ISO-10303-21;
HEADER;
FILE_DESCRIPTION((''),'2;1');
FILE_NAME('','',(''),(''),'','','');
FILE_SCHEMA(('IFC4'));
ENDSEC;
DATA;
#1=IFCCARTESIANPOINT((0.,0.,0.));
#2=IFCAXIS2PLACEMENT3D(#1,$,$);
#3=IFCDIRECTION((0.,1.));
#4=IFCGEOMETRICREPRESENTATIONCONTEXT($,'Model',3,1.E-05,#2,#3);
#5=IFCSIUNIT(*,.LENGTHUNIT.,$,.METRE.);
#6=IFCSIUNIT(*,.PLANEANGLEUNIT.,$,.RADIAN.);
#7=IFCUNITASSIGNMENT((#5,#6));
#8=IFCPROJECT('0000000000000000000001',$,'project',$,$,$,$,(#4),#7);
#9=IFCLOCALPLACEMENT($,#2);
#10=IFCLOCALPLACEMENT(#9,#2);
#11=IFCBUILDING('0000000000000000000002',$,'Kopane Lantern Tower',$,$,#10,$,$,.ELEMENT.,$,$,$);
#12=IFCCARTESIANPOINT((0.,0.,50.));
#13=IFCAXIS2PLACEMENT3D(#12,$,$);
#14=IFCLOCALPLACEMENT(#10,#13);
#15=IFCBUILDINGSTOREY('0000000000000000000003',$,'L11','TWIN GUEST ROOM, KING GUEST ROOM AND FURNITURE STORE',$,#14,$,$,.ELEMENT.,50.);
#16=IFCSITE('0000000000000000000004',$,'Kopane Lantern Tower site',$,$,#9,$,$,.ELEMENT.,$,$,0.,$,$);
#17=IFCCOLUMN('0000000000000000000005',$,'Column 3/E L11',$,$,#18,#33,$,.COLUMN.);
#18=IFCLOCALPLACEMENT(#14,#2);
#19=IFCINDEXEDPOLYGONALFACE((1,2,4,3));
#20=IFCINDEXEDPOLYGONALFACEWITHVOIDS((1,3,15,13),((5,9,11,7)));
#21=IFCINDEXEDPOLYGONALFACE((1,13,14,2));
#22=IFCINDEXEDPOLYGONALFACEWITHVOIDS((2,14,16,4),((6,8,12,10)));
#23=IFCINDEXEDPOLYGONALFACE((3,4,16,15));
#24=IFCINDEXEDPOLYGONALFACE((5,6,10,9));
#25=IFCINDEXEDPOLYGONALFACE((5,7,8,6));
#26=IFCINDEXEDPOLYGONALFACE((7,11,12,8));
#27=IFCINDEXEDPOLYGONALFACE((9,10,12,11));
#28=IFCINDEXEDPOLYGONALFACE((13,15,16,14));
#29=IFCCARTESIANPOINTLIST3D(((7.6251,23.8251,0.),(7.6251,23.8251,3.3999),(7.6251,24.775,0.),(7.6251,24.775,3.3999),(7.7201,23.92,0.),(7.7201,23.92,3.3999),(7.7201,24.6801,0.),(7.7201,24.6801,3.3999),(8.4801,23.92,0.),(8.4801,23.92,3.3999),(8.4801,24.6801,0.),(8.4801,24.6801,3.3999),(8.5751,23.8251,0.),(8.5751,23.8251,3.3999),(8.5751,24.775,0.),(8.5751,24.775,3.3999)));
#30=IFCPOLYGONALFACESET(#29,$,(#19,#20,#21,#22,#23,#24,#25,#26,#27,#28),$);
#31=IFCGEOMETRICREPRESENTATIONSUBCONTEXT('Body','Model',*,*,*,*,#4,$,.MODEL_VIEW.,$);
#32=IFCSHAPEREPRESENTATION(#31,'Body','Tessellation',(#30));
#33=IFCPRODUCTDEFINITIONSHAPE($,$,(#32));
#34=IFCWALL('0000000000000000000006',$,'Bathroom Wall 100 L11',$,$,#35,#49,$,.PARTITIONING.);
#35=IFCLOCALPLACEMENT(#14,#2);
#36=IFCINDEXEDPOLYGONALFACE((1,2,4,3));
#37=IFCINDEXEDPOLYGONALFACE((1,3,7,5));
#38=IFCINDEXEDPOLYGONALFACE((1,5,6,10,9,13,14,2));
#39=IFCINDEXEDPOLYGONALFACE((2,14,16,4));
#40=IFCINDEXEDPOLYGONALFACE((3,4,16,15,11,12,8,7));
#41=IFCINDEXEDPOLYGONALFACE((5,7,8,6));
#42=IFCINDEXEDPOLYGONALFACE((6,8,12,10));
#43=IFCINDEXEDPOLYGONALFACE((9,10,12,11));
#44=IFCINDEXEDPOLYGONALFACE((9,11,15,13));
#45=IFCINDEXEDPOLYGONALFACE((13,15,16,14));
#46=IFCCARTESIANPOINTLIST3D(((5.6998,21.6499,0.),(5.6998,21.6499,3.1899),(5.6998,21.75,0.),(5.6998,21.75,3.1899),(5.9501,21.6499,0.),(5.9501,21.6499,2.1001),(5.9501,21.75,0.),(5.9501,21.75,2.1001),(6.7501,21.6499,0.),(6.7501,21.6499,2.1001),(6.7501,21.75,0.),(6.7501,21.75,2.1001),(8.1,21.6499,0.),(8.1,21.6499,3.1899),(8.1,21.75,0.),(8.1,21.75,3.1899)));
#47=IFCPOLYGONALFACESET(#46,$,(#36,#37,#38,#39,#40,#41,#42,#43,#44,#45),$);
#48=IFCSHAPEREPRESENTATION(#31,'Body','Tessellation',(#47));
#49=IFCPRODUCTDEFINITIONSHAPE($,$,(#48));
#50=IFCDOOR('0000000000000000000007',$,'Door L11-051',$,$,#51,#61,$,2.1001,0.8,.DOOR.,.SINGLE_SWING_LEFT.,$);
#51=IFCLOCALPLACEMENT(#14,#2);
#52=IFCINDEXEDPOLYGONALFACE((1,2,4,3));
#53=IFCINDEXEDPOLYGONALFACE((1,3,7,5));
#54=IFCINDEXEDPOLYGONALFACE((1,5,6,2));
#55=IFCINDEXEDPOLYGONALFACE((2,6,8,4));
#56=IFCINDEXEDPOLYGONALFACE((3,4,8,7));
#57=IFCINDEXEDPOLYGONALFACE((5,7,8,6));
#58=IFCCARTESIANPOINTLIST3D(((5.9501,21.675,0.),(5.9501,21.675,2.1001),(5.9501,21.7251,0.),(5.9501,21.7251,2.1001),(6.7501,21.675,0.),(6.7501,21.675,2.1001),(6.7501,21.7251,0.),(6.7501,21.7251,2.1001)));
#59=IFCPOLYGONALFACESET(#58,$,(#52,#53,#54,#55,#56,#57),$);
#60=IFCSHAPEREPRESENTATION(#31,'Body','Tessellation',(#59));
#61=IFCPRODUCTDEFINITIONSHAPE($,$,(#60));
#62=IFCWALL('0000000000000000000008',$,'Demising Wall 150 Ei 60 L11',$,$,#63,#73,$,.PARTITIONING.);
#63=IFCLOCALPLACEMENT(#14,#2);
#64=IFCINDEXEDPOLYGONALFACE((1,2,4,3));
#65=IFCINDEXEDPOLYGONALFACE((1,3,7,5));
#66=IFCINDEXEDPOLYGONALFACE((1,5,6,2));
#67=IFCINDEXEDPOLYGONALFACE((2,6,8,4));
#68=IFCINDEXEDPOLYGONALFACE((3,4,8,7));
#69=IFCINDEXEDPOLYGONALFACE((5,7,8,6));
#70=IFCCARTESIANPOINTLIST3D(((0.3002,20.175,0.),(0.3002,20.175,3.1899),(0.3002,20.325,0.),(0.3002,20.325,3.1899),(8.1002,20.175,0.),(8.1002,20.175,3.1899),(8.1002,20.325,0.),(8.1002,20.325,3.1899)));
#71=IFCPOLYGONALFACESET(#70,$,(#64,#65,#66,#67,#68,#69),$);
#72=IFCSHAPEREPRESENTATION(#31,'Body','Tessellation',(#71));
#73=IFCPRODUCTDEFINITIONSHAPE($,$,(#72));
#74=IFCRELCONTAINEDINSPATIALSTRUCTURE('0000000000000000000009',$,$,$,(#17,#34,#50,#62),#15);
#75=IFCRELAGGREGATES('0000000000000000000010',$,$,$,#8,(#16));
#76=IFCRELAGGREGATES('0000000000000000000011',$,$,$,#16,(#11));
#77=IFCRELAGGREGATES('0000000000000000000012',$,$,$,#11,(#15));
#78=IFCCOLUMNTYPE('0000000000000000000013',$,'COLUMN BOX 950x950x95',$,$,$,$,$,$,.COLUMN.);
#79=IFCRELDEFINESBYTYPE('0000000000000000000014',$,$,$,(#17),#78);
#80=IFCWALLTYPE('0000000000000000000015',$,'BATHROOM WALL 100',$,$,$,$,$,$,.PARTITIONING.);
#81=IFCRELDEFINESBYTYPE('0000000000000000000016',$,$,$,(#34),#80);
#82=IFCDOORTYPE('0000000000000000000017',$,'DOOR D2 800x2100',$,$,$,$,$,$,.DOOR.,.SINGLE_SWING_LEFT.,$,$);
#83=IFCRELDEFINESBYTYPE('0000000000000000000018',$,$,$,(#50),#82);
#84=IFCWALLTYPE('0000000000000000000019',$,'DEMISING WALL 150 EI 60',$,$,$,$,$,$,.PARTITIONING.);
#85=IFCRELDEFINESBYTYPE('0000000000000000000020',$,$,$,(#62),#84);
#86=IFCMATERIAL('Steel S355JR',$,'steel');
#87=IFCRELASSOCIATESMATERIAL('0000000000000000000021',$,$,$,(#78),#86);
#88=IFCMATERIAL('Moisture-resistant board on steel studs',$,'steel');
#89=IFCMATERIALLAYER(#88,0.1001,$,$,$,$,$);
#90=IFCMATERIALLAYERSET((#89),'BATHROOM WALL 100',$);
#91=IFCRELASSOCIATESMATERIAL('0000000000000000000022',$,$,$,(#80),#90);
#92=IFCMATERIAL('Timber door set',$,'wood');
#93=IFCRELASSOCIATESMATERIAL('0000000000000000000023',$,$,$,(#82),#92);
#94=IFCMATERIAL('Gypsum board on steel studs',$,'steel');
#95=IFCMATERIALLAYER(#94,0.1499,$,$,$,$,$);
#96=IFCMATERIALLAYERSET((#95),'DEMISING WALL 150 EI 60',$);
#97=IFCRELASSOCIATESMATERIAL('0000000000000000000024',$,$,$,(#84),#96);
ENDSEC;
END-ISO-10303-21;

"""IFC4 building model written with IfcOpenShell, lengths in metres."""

from ifc_helpers import new_model, si_unit, direction, frame, frame_2d, origin, origin_2d, place, context, subcontext, project, spatial, rectangle, hollow_rectangle, extrude, material, layer, layer_set, material_profile, profile_set, type_object, element, fill, save


model = new_model("IFC4")

# Units and contexts
model_context = context("Model", 3, precision=1e-05, world=origin(), true_north=direction((0.0, 1.0)))
body_context = subcontext(model_context, "Body", "Model", "MODEL_VIEW")
ifc_project = project(units=[si_unit("LENGTHUNIT", "METRE"), si_unit("PLANEANGLEUNIT", "RADIAN")], contexts=[model_context])

# Site, building, storey
site_placement = place(None, origin())
site = spatial("IfcSite", under=ifc_project, at=site_placement, Name="Kopane Lantern Tower site", CompositionType="ELEMENT", RefElevation=0.0)
building_placement = place(site_placement, origin())
building = spatial("IfcBuilding", under=site, at=building_placement, Name="Kopane Lantern Tower", CompositionType="ELEMENT")
storey_placement = place(building_placement, frame((0.0, 0.0, 50.0)))
storey = spatial("IfcBuildingStorey", under=building, at=storey_placement, Name="L11", Description="TWIN GUEST ROOM, KING GUEST ROOM AND FURNITURE STORE", CompositionType="ELEMENT", Elevation=50.0)

# Column
ifc_material_1 = material(Name="Steel S355JR", Category="steel")
ifc_material_profile = material_profile(ifc_material_1, hollow_rectangle(XDim=0.95, YDim=0.95, WallThickness=0.095, at=origin_2d()), Name="BOX 950x950x95")
ifc_profile_set = profile_set([ifc_material_profile], Name="Steel S355JR")
column_type = type_object("IfcColumnType", Name="COLUMN BOX 950x950x95", PredefinedType="COLUMN", material=ifc_profile_set)
column_placement = place(storey_placement, frame((8.1001, 24.3, 0.0), z_axis=(0.0, 0.0, 1.0), x_axis=(1.0, 0.0, 0.0)))
element("IfcColumn", 1, at=column_placement, inside=storey, type_object=column_type, Name="Column 3/E L11", PredefinedType="COLUMN", context=body_context, shape_type="SweptSolid", body=[
    extrude(hollow_rectangle(XDim=0.95, YDim=0.95, WallThickness=0.095, at=origin_2d()), origin(), (0.0, 0.0, 1.0), 3.3999),
])

# Wall, opening, door
ifc_material_2 = material(Name="Moisture-resistant board on steel studs", Category="steel")
ifc_layer_1 = layer(ifc_material_2, 0.1001)
ifc_layer_set_1 = layer_set([ifc_layer_1], Name="BATHROOM WALL 100")
wall_type_1 = type_object("IfcWallType", Name="BATHROOM WALL 100", PredefinedType="PARTITIONING", material=ifc_layer_set_1)
wall_1_placement = place(storey_placement, frame((8.1001, 21.7, 0.0), z_axis=(0.0, 0.0, 1.0), x_axis=(-1.0, 0.0, 0.0)))
wall_1 = element("IfcWall", 2, at=wall_1_placement, inside=storey, type_object=wall_type_1, Name="Bathroom Wall 100 L11", PredefinedType="PARTITIONING", context=body_context, shape_type="SweptSolid", body=[
    extrude(rectangle(XDim=2.4001, YDim=0.1001, at=frame_2d((1.2002, 0.0))), origin(), (0.0, 0.0, 1.0), 3.1899),
])
opening_placement = place(wall_1_placement, frame((1.3501, 0.0, 0.0)))
opening = element("IfcOpeningElement", 3, at=opening_placement, cuts=wall_1, PredefinedType="OPENING", context=body_context, shape_type="SweptSolid", body=[
    extrude(rectangle(XDim=0.8, YDim=2.1001, at=frame_2d((0.3999, 1.05))), frame((0.0, 0.0601, 0.0), z_axis=(0.0, -1.0, 0.0), x_axis=(1.0, 0.0, 0.0)), (0.0, 0.0, 1.0), 0.1201),
])
ifc_material_3 = material(Name="Timber door set", Category="wood")
door_type = type_object("IfcDoorType", Name="DOOR D2 800x2100", OperationType="SINGLE_SWING_LEFT", PredefinedType="DOOR", material=ifc_material_3)
door_placement = place(opening_placement, origin())
door = element("IfcDoor", 4, at=door_placement, inside=storey, type_object=door_type, Name="Door L11-051", OperationType="SINGLE_SWING_LEFT", OverallHeight=2.1001, OverallWidth=0.8, PredefinedType="DOOR", context=body_context, shape_type="SweptSolid", body=[
    extrude(rectangle(XDim=0.8, YDim=2.1001, at=frame_2d((0.3999, 1.05))), frame((0.0, 0.0249, 0.0), z_axis=(0.0, -1.0, 0.0), x_axis=(1.0, 0.0, 0.0)), (0.0, 0.0, 1.0), 0.05),
])
fill(opening, door)

# Wall
ifc_material_4 = material(Name="Gypsum board on steel studs", Category="steel")
ifc_layer_2 = layer(ifc_material_4, 0.1499)
ifc_layer_set_2 = layer_set([ifc_layer_2], Name="DEMISING WALL 150 EI 60")
wall_type_2 = type_object("IfcWallType", Name="DEMISING WALL 150 EI 60", PredefinedType="PARTITIONING", material=ifc_layer_set_2)
wall_2_placement = place(storey_placement, frame((8.1001, 20.25, 0.0), z_axis=(0.0, 0.0, 1.0), x_axis=(-1.0, 0.0, 0.0)))
element("IfcWall", 5, at=wall_2_placement, inside=storey, type_object=wall_type_2, Name="Demising Wall 150 Ei 60 L11", PredefinedType="PARTITIONING", context=body_context, shape_type="SweptSolid", body=[
    extrude(rectangle(XDim=7.8, YDim=0.1499, at=frame_2d((3.8999, 0.0))), origin(), (0.0, 0.0, 1.0), 3.1899),
])

save(model, "model.ifc")
